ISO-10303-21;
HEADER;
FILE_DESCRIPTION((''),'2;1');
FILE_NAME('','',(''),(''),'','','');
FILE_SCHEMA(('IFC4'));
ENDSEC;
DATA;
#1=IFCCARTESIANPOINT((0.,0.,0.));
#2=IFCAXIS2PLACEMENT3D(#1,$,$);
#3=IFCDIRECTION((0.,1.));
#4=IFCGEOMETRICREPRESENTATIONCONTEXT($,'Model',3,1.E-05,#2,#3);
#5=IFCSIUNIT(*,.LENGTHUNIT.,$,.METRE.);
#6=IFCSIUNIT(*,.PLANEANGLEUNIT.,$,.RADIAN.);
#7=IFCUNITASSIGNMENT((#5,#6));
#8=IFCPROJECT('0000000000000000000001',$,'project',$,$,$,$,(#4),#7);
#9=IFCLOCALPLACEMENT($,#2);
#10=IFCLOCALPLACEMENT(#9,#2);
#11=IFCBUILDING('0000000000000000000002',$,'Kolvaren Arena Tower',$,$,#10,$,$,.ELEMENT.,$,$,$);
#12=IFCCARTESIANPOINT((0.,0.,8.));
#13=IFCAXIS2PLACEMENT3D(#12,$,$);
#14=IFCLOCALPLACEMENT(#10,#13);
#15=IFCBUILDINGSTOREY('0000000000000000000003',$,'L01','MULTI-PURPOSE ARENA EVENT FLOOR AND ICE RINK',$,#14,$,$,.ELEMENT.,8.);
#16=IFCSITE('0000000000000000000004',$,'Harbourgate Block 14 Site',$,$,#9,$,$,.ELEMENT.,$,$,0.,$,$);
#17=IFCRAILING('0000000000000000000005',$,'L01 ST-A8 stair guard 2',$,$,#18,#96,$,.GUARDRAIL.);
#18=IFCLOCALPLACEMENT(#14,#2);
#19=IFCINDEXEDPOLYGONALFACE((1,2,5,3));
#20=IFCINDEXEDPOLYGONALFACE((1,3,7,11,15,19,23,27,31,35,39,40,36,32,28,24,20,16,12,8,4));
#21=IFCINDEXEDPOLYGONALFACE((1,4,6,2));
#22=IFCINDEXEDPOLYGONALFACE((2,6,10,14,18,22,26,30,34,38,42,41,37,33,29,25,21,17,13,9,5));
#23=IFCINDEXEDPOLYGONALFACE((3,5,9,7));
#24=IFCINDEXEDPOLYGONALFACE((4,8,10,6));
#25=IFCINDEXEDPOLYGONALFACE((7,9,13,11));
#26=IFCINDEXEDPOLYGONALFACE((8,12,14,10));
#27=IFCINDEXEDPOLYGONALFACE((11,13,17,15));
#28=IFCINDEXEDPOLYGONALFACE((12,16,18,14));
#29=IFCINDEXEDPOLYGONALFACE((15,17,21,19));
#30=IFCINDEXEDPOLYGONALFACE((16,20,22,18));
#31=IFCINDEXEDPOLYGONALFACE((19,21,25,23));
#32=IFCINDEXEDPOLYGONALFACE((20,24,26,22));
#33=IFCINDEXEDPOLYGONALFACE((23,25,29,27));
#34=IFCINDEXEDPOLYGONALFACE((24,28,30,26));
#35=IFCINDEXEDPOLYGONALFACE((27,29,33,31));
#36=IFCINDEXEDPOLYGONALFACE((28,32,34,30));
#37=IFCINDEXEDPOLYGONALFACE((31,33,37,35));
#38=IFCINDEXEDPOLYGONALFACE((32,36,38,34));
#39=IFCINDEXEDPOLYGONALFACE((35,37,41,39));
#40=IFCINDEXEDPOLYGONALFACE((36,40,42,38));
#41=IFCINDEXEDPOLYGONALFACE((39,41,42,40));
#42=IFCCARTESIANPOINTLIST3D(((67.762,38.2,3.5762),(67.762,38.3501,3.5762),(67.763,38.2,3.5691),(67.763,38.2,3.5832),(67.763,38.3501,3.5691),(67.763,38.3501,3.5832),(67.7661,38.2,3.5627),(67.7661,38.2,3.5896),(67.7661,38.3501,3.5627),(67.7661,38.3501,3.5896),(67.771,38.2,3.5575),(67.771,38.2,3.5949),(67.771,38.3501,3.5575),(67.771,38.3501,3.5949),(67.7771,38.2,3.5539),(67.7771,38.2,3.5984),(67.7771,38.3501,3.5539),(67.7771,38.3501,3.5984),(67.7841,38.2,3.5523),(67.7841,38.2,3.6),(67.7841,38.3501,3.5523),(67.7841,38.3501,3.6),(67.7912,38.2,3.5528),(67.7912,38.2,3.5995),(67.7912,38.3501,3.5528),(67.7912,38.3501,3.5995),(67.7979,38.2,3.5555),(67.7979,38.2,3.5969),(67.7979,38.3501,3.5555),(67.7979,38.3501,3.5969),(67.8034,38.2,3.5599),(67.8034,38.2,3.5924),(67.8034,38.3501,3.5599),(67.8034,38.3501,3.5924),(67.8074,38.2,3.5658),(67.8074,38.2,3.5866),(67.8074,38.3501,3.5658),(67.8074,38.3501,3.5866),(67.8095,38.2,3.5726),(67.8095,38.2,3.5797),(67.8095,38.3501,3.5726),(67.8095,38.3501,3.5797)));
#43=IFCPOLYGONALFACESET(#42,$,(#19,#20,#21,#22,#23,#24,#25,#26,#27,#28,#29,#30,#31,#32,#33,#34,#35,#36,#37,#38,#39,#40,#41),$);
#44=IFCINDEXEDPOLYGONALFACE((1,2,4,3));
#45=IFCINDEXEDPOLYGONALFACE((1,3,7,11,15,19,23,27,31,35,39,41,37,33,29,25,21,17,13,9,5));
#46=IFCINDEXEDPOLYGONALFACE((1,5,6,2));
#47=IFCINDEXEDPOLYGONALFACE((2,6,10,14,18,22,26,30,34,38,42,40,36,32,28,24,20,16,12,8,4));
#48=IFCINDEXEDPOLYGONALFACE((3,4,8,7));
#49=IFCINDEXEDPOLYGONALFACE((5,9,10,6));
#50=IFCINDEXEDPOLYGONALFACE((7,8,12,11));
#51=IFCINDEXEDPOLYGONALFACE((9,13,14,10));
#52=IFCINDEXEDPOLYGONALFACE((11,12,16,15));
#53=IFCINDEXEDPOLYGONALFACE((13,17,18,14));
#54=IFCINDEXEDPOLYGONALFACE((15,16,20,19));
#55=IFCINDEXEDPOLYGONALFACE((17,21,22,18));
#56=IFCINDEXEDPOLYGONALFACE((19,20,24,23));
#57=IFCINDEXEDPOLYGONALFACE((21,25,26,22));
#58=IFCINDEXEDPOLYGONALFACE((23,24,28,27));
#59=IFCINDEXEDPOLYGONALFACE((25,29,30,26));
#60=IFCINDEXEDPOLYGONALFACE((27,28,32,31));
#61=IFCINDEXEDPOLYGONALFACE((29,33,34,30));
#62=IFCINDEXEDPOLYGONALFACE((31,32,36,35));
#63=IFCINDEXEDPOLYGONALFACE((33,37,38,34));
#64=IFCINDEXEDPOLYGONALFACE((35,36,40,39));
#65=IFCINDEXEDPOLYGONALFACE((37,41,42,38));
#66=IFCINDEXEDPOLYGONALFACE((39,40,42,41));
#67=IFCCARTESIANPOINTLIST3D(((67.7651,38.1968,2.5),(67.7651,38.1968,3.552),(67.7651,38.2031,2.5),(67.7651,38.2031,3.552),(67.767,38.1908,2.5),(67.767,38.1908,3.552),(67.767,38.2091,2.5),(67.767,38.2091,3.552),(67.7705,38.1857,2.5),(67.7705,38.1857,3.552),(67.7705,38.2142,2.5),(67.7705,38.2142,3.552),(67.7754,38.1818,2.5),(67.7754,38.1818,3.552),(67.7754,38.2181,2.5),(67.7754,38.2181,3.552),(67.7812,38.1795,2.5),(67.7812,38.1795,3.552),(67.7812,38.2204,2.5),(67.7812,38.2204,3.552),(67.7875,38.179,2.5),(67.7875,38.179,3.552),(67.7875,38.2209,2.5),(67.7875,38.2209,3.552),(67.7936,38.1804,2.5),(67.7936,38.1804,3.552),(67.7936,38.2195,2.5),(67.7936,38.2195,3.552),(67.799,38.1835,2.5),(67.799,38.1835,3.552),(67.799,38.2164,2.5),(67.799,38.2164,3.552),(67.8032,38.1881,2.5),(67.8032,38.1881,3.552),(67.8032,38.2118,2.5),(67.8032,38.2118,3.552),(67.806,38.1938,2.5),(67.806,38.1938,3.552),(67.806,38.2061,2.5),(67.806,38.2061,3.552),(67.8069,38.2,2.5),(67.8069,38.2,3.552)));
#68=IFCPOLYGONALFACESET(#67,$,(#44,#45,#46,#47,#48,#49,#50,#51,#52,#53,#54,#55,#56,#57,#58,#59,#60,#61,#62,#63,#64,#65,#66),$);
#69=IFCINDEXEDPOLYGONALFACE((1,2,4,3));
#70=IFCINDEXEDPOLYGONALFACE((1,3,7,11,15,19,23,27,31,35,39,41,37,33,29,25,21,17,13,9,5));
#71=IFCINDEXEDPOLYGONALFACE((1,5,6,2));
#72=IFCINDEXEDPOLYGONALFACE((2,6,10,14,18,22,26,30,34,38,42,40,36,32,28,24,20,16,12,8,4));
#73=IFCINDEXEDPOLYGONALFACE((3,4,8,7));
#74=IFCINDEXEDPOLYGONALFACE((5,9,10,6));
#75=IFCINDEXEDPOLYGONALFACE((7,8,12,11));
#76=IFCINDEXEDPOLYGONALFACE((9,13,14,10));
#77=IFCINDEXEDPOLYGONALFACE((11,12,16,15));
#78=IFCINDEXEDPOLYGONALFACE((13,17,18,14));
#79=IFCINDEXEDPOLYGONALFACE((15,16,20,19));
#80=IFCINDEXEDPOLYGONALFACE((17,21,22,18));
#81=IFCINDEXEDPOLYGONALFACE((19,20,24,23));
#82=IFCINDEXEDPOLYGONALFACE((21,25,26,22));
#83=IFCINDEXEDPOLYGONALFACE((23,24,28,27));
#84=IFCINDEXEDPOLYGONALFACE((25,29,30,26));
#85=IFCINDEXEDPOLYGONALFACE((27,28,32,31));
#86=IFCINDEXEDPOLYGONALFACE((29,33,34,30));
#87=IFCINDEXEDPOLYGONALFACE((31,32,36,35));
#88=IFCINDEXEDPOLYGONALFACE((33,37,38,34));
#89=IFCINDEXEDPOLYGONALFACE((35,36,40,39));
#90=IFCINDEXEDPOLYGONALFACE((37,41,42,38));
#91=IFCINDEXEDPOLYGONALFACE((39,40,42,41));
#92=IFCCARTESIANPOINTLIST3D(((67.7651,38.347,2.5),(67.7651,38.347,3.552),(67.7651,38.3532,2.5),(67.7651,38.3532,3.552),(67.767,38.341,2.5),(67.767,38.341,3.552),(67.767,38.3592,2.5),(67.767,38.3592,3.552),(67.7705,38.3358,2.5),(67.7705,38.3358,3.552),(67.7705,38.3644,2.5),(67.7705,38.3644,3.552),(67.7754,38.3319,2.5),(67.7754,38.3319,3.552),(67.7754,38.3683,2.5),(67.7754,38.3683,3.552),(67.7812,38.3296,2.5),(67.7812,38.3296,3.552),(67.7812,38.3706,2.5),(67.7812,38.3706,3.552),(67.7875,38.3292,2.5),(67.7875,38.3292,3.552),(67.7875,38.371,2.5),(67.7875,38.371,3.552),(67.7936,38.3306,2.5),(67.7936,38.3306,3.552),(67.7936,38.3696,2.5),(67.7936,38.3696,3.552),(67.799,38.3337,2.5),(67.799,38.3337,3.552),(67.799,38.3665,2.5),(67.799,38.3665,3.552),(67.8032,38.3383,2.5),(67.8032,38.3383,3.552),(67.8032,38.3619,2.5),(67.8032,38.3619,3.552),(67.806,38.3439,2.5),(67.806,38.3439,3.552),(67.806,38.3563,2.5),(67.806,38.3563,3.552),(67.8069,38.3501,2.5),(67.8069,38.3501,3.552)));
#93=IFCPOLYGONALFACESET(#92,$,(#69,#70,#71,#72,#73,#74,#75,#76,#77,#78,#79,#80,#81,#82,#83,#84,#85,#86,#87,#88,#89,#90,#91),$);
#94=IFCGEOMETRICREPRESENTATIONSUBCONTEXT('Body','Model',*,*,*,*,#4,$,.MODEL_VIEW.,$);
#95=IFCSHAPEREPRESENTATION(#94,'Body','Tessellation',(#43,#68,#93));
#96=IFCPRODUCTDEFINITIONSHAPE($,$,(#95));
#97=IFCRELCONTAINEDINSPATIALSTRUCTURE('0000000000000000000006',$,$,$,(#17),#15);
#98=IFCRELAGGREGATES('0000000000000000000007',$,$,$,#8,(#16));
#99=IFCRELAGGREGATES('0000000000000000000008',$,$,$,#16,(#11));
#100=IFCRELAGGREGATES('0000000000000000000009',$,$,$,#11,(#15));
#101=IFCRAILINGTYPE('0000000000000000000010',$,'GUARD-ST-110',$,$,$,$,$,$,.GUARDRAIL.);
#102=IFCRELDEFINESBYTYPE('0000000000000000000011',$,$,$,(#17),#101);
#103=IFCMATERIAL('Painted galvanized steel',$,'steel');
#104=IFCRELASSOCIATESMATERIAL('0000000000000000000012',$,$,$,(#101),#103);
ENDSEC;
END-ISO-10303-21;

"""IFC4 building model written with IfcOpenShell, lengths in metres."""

from ifc_helpers import new_model, si_unit, direction, frame, origin, origin_2d, place, context, subcontext, project, spatial, circle, extrude, material, type_object, element, save


model = new_model("IFC4")

# Units and contexts
model_context = context("Model", 3, precision=1e-05, world=origin(), true_north=direction((0.0, 1.0)))
body_context = subcontext(model_context, "Body", "Model", "MODEL_VIEW")
ifc_project = project(units=[si_unit("LENGTHUNIT", "METRE"), si_unit("PLANEANGLEUNIT", "RADIAN")], contexts=[model_context])

# Site, building, storey
site_placement = place(None, origin())
site = spatial("IfcSite", under=ifc_project, at=site_placement, Name="Harbourgate Block 14 Site", CompositionType="ELEMENT", RefElevation=0.0)
building_placement = place(site_placement, origin())
building = spatial("IfcBuilding", under=site, at=building_placement, Name="Kolvaren Arena Tower", CompositionType="ELEMENT")
storey_placement = place(building_placement, frame((0.0, 0.0, 8.0)))
storey = spatial("IfcBuildingStorey", under=building, at=storey_placement, Name="L01", Description="MULTI-PURPOSE ARENA EVENT FLOOR AND ICE RINK", CompositionType="ELEMENT", Elevation=8.0)

# Railing
ifc_material_1 = material(Name="Painted galvanized steel", Category="steel")
railing_type_1 = type_object("IfcRailingType", Name="GUARD-ST-110", PredefinedType="GUARDRAIL", material=ifc_material_1)
railing_1_placement = place(storey_placement, frame((67.7859, 38.2, 2.5)))
element("IfcRailing", 1, at=railing_1_placement, inside=storey, type_object=railing_type_1, Name="L01 ST-A8 stair guard 2", PredefinedType="GUARDRAIL", context=body_context, shape_type="SweptSolid", body=[
    extrude(circle(Radius=0.0239, at=origin_2d()), frame((0.0, 0.0, 1.0762), z_axis=(0.0, 1.0, 0.0), x_axis=(-1.0, 0.0, 0.0)), (0.0, 0.0, 1.0), 0.1501),
    extrude(circle(Radius=0.021, at=origin_2d()), origin(), (0.0, 0.0, 1.0), 1.052),
    extrude(circle(Radius=0.021, at=origin_2d()), frame((0.0, 0.1501, 0.0)), (0.0, 0.0, 1.0), 1.052),
])

save(model, "model.ifc")
